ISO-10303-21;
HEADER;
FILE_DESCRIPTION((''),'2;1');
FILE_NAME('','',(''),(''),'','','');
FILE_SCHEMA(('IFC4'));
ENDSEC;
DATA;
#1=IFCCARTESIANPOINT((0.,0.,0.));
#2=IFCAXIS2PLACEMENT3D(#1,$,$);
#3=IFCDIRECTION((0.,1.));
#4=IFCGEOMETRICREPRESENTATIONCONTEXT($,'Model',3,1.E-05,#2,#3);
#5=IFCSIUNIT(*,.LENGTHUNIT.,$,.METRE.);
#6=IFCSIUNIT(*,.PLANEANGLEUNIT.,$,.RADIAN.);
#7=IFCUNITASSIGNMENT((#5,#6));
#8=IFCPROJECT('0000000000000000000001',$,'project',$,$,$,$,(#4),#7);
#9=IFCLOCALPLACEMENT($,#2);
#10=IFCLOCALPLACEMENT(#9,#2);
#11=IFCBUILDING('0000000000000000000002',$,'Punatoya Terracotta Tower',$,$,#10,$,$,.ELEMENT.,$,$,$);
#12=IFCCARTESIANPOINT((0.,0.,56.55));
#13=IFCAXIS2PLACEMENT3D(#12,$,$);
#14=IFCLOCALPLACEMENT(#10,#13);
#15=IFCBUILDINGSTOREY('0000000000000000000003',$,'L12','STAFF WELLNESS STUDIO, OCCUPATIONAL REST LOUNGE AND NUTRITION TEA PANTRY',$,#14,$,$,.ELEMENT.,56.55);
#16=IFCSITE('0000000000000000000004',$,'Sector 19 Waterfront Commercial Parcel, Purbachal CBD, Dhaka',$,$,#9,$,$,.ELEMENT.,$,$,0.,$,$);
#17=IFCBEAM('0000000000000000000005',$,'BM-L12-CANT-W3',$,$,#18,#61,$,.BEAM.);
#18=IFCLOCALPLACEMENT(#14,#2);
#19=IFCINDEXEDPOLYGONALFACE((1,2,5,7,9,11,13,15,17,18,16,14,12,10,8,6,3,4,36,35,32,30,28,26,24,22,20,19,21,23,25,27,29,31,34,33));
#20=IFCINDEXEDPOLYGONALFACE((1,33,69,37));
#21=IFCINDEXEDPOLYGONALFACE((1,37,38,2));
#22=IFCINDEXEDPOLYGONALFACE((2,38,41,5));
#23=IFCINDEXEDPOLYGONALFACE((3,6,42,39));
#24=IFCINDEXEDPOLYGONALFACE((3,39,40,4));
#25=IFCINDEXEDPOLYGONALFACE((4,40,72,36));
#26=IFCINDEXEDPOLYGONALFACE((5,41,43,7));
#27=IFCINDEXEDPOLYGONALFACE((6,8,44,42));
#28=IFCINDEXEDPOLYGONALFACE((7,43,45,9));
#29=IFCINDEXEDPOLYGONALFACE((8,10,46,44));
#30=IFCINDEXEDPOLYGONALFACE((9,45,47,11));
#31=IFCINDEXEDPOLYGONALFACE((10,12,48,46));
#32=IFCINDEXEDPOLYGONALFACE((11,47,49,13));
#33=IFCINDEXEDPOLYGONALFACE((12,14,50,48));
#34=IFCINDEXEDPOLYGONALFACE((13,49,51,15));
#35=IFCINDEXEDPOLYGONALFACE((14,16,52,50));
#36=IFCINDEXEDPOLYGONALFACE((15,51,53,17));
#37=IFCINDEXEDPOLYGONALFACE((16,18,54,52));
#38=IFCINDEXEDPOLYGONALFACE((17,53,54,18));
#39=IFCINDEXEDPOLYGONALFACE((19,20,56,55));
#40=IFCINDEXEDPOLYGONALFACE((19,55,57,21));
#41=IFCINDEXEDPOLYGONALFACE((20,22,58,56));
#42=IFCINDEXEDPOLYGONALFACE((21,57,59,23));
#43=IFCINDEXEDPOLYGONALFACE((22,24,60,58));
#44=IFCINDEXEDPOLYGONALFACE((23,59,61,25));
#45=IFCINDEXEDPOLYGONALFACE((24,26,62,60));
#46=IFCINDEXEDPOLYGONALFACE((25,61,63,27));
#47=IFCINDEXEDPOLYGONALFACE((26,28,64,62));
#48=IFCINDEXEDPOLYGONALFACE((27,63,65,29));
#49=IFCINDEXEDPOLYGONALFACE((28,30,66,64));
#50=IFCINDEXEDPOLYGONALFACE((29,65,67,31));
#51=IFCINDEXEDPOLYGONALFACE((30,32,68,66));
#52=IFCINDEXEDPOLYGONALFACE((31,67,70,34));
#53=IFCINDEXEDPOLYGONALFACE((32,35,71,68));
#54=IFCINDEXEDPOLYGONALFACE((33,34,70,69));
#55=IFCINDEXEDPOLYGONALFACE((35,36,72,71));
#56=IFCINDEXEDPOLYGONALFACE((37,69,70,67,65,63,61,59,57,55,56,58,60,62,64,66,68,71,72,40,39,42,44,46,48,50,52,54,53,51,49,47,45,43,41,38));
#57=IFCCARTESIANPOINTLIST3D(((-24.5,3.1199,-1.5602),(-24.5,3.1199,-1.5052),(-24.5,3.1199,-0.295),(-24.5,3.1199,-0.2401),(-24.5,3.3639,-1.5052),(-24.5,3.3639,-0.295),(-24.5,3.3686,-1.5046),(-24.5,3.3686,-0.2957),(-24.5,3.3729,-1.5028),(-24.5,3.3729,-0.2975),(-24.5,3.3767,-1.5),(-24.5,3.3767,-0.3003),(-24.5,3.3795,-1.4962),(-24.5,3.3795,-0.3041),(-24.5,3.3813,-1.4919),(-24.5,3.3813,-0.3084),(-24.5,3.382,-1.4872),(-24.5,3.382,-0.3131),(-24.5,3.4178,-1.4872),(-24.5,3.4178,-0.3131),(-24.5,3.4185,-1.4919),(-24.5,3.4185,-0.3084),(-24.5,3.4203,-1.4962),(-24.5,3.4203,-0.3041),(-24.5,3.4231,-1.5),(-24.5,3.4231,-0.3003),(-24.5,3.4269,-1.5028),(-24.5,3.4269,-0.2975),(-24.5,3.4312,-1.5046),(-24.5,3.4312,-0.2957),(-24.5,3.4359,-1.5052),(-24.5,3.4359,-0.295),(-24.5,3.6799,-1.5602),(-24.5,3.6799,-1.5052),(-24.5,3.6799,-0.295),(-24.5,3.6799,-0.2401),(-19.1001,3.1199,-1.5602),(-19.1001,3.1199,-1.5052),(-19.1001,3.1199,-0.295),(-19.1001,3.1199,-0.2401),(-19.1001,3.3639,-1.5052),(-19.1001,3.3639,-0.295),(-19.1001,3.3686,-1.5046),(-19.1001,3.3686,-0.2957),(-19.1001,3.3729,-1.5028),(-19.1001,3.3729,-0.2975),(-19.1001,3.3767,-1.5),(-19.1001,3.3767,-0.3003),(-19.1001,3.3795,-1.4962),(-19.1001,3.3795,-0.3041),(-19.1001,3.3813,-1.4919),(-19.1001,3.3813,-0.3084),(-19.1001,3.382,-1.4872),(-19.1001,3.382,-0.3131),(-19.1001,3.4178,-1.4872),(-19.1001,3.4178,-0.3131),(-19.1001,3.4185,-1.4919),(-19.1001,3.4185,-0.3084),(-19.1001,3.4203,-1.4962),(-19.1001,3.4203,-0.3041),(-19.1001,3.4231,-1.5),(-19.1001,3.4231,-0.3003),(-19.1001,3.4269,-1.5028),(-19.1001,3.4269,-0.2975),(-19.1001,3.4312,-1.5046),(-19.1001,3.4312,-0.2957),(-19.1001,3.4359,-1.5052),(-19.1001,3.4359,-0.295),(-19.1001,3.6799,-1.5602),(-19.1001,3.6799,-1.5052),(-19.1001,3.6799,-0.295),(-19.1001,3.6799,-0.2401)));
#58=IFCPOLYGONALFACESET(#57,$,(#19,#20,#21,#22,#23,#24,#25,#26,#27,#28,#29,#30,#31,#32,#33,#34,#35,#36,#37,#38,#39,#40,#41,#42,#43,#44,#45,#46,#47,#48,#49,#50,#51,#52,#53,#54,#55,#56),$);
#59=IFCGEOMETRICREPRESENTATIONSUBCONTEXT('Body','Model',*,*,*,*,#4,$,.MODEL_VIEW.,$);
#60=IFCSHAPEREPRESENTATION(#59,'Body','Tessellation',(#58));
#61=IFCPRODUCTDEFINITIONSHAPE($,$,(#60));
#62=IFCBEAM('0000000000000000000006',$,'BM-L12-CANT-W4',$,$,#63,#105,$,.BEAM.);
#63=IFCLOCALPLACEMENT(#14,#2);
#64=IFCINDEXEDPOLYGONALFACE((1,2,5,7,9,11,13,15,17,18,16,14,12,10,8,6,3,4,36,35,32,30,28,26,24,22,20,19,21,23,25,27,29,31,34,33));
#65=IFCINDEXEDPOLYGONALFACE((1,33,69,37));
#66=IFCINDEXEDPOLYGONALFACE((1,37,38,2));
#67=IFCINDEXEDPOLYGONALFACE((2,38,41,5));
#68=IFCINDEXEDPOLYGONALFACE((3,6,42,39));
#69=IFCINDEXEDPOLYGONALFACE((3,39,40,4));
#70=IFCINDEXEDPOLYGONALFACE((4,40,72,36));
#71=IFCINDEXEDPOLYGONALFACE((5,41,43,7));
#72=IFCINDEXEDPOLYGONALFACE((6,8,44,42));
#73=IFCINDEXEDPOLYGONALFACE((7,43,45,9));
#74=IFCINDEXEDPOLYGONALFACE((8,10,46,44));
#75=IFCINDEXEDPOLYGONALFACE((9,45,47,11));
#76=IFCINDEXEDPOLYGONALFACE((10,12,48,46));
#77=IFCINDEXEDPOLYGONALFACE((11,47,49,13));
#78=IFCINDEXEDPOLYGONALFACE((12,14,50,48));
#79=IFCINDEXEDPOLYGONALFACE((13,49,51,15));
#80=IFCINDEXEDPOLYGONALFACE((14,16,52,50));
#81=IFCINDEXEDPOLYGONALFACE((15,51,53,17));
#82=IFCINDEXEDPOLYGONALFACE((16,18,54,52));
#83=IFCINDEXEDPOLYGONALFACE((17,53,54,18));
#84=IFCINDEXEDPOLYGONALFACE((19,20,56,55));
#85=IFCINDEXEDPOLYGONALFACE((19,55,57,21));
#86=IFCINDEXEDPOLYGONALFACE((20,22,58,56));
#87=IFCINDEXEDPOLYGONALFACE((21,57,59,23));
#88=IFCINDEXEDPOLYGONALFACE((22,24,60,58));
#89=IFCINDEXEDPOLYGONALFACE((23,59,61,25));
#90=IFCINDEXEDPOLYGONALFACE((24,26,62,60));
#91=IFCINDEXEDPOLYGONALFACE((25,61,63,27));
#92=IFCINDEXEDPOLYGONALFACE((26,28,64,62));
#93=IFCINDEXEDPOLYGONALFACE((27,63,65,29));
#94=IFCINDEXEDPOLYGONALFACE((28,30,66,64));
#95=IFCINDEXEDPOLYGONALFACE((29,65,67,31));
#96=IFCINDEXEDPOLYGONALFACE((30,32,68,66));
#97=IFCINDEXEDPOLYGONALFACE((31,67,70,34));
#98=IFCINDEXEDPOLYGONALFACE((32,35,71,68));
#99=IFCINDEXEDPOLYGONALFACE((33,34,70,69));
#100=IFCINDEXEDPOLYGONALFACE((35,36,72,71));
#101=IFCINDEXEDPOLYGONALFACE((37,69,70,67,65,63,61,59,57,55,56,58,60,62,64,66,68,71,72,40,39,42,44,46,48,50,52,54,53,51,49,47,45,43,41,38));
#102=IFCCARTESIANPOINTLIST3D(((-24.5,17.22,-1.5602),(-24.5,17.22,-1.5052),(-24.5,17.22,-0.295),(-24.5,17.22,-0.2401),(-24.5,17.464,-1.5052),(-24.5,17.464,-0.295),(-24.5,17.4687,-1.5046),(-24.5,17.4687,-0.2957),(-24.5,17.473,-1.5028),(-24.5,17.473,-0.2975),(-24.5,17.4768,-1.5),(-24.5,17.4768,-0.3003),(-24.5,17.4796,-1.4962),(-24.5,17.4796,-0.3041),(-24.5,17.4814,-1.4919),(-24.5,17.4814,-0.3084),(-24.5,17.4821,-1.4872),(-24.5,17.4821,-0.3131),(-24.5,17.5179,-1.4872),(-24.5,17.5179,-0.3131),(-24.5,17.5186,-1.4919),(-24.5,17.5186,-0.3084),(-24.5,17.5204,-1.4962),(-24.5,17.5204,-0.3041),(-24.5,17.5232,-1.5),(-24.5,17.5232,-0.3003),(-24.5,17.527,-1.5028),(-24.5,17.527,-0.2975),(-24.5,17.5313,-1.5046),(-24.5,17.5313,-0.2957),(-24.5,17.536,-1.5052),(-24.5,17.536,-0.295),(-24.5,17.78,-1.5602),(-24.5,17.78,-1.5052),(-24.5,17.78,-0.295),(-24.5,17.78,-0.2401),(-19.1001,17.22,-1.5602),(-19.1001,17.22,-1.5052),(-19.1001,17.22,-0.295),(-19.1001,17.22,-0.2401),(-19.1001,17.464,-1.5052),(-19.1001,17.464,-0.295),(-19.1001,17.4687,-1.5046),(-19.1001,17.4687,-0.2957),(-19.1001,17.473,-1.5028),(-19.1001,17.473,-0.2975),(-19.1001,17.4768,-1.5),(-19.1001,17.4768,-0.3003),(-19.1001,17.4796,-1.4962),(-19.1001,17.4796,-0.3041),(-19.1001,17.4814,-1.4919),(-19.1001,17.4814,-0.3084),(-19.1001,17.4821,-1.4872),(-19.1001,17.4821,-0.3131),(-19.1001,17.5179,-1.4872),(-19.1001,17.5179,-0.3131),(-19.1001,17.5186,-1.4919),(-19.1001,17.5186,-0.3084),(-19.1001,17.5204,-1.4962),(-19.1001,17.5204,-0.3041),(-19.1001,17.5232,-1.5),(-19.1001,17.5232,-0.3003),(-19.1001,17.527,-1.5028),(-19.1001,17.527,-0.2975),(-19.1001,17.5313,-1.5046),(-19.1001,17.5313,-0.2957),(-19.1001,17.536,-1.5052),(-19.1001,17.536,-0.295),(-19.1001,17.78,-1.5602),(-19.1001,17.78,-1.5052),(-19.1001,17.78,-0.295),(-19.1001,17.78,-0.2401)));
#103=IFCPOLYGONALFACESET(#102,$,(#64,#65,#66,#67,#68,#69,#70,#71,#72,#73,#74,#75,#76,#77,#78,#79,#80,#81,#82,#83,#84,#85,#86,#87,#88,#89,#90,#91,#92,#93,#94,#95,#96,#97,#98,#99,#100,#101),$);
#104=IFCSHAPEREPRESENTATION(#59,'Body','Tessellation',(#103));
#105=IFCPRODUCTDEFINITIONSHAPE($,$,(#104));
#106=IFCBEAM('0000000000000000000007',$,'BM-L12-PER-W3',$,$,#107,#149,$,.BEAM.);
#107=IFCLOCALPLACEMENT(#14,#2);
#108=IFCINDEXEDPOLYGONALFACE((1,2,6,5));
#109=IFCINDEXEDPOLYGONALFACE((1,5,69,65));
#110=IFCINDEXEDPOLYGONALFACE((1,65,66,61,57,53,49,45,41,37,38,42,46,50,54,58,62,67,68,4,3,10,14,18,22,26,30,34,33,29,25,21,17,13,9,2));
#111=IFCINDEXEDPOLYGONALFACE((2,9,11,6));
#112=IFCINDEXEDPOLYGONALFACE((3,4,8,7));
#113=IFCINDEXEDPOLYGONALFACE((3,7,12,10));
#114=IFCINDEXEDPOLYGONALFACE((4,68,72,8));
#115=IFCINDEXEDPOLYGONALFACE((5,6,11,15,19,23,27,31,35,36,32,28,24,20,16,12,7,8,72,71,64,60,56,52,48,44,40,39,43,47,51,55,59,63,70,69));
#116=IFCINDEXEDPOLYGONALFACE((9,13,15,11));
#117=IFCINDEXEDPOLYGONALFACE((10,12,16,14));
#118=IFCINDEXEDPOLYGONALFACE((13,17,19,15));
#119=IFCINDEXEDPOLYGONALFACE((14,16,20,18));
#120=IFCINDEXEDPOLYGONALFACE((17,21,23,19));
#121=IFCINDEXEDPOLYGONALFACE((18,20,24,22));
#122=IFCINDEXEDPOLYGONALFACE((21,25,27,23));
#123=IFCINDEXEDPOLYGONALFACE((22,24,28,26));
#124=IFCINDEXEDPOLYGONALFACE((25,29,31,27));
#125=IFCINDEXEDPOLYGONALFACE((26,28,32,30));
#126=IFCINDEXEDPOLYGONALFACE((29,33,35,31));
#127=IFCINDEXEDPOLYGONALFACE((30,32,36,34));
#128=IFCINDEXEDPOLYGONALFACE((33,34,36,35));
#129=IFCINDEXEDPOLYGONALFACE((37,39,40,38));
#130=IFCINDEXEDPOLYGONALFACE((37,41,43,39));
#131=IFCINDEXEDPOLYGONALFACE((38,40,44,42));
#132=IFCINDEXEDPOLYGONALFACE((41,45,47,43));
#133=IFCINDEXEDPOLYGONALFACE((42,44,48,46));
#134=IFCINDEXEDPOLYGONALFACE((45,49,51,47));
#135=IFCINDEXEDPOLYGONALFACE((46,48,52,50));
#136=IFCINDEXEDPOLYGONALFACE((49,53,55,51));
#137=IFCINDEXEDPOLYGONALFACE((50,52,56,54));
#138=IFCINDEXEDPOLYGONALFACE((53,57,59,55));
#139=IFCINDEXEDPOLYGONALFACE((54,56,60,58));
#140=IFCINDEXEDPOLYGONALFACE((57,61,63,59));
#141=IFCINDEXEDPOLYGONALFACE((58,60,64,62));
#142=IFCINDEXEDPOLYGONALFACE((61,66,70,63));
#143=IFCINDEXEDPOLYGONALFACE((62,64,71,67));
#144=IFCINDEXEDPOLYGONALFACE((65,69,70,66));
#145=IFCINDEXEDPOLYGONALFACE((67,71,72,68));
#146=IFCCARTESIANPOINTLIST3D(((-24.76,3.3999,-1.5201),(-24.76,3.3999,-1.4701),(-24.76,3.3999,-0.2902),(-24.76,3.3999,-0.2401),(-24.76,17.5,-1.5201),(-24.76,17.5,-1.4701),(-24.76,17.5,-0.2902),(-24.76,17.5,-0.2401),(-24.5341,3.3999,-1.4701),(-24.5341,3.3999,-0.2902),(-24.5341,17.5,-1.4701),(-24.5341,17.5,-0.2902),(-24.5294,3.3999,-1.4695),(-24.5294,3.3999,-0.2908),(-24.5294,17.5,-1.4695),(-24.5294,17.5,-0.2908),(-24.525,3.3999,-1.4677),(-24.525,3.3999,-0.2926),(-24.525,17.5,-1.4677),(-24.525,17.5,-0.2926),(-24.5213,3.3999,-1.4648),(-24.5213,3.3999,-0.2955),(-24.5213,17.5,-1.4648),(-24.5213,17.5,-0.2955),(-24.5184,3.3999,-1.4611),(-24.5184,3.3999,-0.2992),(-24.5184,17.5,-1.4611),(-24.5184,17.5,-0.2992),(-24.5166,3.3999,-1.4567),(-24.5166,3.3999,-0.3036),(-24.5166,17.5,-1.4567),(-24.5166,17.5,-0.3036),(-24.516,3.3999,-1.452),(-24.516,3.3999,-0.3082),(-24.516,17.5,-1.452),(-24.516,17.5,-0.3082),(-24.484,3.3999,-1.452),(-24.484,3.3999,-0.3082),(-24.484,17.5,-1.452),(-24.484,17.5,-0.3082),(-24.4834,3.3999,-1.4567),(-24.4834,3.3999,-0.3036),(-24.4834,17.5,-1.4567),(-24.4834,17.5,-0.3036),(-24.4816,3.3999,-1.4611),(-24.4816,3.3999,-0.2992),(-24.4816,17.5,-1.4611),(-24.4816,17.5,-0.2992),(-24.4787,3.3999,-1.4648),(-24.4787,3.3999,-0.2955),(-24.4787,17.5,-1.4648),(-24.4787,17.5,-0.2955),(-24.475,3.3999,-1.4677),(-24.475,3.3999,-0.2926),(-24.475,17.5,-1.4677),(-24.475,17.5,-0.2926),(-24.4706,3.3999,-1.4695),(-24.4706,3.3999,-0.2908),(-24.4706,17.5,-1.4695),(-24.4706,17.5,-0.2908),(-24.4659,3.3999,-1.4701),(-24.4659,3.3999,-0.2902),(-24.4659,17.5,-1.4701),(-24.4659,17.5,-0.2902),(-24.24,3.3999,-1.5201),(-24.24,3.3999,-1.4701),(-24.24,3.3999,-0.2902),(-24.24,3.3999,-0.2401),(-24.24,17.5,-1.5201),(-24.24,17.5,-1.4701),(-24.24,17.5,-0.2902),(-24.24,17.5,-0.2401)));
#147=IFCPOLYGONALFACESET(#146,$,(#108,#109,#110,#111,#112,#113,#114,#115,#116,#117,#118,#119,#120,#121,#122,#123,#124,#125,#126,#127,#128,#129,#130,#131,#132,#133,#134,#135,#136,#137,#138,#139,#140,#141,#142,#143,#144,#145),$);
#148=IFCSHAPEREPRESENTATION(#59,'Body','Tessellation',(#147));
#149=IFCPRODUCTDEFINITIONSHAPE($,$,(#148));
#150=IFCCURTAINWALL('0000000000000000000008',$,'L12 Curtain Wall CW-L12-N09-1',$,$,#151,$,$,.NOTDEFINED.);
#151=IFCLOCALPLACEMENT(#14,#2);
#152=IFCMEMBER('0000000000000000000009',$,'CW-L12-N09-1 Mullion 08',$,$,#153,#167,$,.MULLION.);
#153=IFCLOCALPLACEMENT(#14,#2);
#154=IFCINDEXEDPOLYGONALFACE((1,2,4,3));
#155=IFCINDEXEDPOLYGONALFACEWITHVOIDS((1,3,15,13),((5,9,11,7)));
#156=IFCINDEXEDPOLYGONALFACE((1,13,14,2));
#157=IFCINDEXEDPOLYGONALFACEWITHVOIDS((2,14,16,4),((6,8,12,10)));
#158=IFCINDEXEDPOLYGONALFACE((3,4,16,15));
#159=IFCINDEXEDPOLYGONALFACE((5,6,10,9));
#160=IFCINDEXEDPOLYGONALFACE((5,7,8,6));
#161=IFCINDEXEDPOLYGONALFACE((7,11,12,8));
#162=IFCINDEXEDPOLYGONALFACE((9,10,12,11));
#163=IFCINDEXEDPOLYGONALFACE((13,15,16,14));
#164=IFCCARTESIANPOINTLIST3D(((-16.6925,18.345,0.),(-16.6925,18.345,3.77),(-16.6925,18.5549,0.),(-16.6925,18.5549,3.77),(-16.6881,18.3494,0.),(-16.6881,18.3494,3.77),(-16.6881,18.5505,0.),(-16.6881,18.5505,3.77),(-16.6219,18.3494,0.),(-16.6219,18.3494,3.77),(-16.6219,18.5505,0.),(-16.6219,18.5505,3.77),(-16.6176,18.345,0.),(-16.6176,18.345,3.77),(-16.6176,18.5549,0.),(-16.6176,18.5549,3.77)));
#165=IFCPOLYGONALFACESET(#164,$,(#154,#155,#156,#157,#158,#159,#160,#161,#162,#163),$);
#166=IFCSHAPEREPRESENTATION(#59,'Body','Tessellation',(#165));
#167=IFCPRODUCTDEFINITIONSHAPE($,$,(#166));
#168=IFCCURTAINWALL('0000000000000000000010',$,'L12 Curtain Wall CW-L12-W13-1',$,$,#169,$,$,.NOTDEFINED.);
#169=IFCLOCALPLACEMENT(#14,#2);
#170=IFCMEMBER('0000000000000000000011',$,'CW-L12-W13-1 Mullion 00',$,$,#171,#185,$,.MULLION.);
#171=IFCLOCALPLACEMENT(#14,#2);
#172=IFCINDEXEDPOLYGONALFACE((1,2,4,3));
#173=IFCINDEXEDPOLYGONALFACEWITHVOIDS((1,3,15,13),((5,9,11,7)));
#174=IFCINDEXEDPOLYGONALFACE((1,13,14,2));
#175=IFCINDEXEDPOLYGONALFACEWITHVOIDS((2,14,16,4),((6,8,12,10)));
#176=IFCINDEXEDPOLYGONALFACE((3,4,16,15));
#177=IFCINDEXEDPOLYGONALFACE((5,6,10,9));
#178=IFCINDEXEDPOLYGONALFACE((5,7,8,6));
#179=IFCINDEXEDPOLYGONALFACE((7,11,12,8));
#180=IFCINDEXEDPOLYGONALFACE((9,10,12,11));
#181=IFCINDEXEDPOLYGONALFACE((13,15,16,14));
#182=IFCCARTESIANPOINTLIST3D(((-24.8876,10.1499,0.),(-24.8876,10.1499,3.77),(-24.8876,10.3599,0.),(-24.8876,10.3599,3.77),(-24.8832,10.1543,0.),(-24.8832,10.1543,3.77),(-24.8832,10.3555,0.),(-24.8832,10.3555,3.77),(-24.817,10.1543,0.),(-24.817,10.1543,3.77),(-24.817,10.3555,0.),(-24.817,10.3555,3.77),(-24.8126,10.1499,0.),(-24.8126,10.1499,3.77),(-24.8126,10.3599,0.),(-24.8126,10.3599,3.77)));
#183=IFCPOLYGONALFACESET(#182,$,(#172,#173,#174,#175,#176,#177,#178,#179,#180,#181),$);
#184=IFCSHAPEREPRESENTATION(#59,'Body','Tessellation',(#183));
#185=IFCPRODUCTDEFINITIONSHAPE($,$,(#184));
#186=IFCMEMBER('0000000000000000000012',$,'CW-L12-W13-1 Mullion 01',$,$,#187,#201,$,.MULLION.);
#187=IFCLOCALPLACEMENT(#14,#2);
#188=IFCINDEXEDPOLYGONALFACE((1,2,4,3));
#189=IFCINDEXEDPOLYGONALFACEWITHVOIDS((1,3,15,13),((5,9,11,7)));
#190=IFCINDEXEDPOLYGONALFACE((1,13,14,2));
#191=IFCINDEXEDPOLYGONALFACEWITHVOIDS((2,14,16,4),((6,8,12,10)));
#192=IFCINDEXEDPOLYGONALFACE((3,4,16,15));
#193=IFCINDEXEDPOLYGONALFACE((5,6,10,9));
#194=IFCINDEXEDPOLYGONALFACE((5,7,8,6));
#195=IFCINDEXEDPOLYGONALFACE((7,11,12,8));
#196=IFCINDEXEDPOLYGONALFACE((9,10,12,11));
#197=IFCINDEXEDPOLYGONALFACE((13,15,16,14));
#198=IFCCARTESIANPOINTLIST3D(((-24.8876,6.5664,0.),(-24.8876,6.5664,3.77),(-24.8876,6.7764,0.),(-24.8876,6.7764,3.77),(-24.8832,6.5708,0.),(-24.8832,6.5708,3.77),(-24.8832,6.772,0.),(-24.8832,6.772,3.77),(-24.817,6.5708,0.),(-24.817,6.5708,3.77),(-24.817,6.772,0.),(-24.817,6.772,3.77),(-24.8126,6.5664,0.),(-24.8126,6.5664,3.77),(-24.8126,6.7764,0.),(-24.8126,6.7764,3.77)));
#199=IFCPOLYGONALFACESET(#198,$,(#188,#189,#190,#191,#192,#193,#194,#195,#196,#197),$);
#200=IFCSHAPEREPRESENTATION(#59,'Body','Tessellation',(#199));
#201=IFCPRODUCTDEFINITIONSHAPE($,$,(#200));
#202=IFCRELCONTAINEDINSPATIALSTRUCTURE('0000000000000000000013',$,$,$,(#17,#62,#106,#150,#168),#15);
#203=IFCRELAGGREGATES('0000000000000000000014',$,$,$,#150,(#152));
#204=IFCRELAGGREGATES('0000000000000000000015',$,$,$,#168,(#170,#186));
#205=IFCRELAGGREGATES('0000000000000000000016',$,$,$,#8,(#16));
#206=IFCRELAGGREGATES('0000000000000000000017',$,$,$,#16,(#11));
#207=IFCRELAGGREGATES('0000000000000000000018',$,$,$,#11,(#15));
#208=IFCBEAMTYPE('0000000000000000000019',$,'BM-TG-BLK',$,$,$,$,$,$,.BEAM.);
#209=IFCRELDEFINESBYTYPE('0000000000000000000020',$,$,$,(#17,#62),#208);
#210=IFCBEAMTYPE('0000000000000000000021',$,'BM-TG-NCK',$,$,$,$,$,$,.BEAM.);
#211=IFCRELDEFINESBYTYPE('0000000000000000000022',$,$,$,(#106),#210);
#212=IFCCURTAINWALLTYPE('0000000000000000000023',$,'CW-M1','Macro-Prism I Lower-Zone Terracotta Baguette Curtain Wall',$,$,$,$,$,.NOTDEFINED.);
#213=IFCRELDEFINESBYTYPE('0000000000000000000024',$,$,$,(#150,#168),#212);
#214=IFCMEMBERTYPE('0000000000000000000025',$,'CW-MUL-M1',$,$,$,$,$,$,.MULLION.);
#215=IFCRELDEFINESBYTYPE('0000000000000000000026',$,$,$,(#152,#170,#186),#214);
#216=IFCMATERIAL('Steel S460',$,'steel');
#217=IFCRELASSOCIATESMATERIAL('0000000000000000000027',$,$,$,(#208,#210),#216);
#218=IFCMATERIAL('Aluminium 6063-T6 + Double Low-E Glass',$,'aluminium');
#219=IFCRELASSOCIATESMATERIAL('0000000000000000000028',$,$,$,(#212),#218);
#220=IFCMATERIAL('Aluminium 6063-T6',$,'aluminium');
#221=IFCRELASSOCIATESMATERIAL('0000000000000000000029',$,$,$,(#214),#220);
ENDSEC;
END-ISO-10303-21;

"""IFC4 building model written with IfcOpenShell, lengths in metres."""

from ifc_helpers import new_model, si_unit, direction, frame, origin, origin_2d, place, context, subcontext, project, spatial, hollow_rectangle, i_section, extrude, material, material_profile, profile_set, type_object, element, aggregate, save


model = new_model("IFC4")

# Units and contexts
model_context = context("Model", 3, precision=1e-05, world=origin(), true_north=direction((0.0, 1.0)))
body_context = subcontext(model_context, "Body", "Model", "MODEL_VIEW")
ifc_project = project(units=[si_unit("LENGTHUNIT", "METRE"), si_unit("PLANEANGLEUNIT", "RADIAN")], contexts=[model_context])

# Site, building, storey
site_placement = place(None, origin())
site = spatial("IfcSite", under=ifc_project, at=site_placement, Name="Sector 19 Waterfront Commercial Parcel, Purbachal CBD, Dhaka", CompositionType="ELEMENT", RefElevation=0.0)
building_placement = place(site_placement, origin())
building = spatial("IfcBuilding", under=site, at=building_placement, Name="Punatoya Terracotta Tower", CompositionType="ELEMENT")
storey_placement = place(building_placement, frame((0.0, 0.0, 56.55)))
storey = spatial("IfcBuildingStorey", under=building, at=storey_placement, Name="L12", Description="STAFF WELLNESS STUDIO, OCCUPATIONAL REST LOUNGE AND NUTRITION TEA PANTRY", CompositionType="ELEMENT", Elevation=56.55)

# Shared definitions
ifc_material_1 = material(Name="Steel S460", Category="steel")

# Beams
ifc_material_profile_1 = material_profile(ifc_material_1, i_section(OverallWidth=0.5601, OverallDepth=1.3201, WebThickness=0.0359, FlangeThickness=0.0549, FilletRadius=0.0181, at=origin_2d()))
ifc_profile_set_1 = profile_set([ifc_material_profile_1], Name="Steel S460")
beam_type_1 = type_object("IfcBeamType", Name="BM-TG-BLK", PredefinedType="BEAM", material=ifc_profile_set_1)
for number, where, z_axis, x_axis, name in (
    (1, (-24.5, 3.3999, -0.9001), (1.0, 0.0, 0.0), (0.0, 1.0, 0.0), "BM-L12-CANT-W3"),
    (2, (-24.5, 17.5, -0.9001), (1.0, 0.0, 0.0), (0.0, 1.0, 0.0), "BM-L12-CANT-W4"),
):
    element("IfcBeam", number, at=place(storey_placement, frame(where, z_axis=z_axis, x_axis=x_axis)), inside=storey, type_object=beam_type_1, Name=name, PredefinedType="BEAM", context=body_context, shape_type="SweptSolid", body=[
        extrude(i_section(OverallWidth=0.5601, OverallDepth=1.3201, WebThickness=0.0359, FlangeThickness=0.0549, FilletRadius=0.0181, at=origin_2d()), origin(), (0.0, 0.0, 1.0), 5.3999),
    ])
ifc_material_profile_2 = material_profile(ifc_material_1, i_section(OverallWidth=0.52, OverallDepth=1.28, WebThickness=0.032, FlangeThickness=0.05, FilletRadius=0.0181, at=origin_2d()))
ifc_profile_set_2 = profile_set([ifc_material_profile_2], Name="Steel S460")
beam_type_2 = type_object("IfcBeamType", Name="BM-TG-NCK", PredefinedType="BEAM", material=ifc_profile_set_2)
beam_1_placement = place(storey_placement, frame((-24.5, 3.3999, -0.8801), z_axis=(0.0, 1.0, 0.0), x_axis=(-1.0, 0.0, 0.0)))
element("IfcBeam", 3, at=beam_1_placement, inside=storey, type_object=beam_type_2, Name="BM-L12-PER-W3", PredefinedType="BEAM", context=body_context, shape_type="SweptSolid", body=[
    extrude(i_section(OverallWidth=0.52, OverallDepth=1.28, WebThickness=0.032, FlangeThickness=0.05, FilletRadius=0.0181, at=origin_2d()), origin(), (0.0, 0.0, 1.0), 14.1001),
])

# Curtain wall, member
ifc_material_2 = material(Name="Aluminium 6063-T6 + Double Low-E Glass", Category="aluminium")
curtain_wall_type = type_object("IfcCurtainWallType", Name="CW-M1", Description="Macro-Prism I Lower-Zone Terracotta Baguette Curtain Wall", PredefinedType="NOTDEFINED", material=ifc_material_2)
curtain_wall_1_placement = place(storey_placement, origin())
curtain_wall_1 = element("IfcCurtainWall", 4, at=curtain_wall_1_placement, inside=storey, type_object=curtain_wall_type, Name="L12 Curtain Wall CW-L12-N09-1", PredefinedType="NOTDEFINED")
ifc_material_3 = material(Name="Aluminium 6063-T6", Category="aluminium")
ifc_material_profile_3 = material_profile(ifc_material_3, hollow_rectangle(XDim=0.075, YDim=0.21, WallThickness=0.0044, at=origin_2d()))
ifc_profile_set_3 = profile_set([ifc_material_profile_3], Name="Aluminium 6063-T6")
member_type_1 = type_object("IfcMemberType", Name="CW-MUL-M1", PredefinedType="MULLION", material=ifc_profile_set_3)
member_1_placement = place(storey_placement, frame((-16.655, 18.45, 0.0), z_axis=(0.0, 0.0, 1.0), x_axis=(1.0, 0.0, 0.0)))
member_1 = element("IfcMember", 5, at=member_1_placement, type_object=member_type_1, Name="CW-L12-N09-1 Mullion 08", PredefinedType="MULLION", context=body_context, shape_type="SweptSolid", body=[
    extrude(hollow_rectangle(XDim=0.075, YDim=0.21, WallThickness=0.0044, at=origin_2d()), origin(), (0.0, 0.0, 1.0), 3.77),
])

# Curtain wall, members
curtain_wall_2_placement = place(storey_placement, origin())
curtain_wall_2 = element("IfcCurtainWall", 6, at=curtain_wall_2_placement, inside=storey, type_object=curtain_wall_type, Name="L12 Curtain Wall CW-L12-W13-1", PredefinedType="NOTDEFINED")
member_2_placement = place(storey_placement, frame((-24.8501, 10.2549, 0.0), z_axis=(0.0, 0.0, 1.0), x_axis=(1.0, 0.0, 0.0)))
member_2 = element("IfcMember", 7, at=member_2_placement, type_object=member_type_1, Name="CW-L12-W13-1 Mullion 00", PredefinedType="MULLION", context=body_context, shape_type="SweptSolid", body=[
    extrude(hollow_rectangle(XDim=0.075, YDim=0.21, WallThickness=0.0044, at=origin_2d()), origin(), (0.0, 0.0, 1.0), 3.77),
])
member_3_placement = place(storey_placement, frame((-24.8501, 6.6714, 0.0), z_axis=(0.0, 0.0, 1.0), x_axis=(1.0, 0.0, 0.0)))
member_3 = element("IfcMember", 8, at=member_3_placement, type_object=member_type_1, Name="CW-L12-W13-1 Mullion 01", PredefinedType="MULLION", context=body_context, shape_type="SweptSolid", body=[
    extrude(hollow_rectangle(XDim=0.075, YDim=0.21, WallThickness=0.0044, at=origin_2d()), origin(), (0.0, 0.0, 1.0), 3.77),
])

aggregate(curtain_wall_1, [member_1])
aggregate(curtain_wall_2, [member_2, member_3])

save(model, "model.ifc")
